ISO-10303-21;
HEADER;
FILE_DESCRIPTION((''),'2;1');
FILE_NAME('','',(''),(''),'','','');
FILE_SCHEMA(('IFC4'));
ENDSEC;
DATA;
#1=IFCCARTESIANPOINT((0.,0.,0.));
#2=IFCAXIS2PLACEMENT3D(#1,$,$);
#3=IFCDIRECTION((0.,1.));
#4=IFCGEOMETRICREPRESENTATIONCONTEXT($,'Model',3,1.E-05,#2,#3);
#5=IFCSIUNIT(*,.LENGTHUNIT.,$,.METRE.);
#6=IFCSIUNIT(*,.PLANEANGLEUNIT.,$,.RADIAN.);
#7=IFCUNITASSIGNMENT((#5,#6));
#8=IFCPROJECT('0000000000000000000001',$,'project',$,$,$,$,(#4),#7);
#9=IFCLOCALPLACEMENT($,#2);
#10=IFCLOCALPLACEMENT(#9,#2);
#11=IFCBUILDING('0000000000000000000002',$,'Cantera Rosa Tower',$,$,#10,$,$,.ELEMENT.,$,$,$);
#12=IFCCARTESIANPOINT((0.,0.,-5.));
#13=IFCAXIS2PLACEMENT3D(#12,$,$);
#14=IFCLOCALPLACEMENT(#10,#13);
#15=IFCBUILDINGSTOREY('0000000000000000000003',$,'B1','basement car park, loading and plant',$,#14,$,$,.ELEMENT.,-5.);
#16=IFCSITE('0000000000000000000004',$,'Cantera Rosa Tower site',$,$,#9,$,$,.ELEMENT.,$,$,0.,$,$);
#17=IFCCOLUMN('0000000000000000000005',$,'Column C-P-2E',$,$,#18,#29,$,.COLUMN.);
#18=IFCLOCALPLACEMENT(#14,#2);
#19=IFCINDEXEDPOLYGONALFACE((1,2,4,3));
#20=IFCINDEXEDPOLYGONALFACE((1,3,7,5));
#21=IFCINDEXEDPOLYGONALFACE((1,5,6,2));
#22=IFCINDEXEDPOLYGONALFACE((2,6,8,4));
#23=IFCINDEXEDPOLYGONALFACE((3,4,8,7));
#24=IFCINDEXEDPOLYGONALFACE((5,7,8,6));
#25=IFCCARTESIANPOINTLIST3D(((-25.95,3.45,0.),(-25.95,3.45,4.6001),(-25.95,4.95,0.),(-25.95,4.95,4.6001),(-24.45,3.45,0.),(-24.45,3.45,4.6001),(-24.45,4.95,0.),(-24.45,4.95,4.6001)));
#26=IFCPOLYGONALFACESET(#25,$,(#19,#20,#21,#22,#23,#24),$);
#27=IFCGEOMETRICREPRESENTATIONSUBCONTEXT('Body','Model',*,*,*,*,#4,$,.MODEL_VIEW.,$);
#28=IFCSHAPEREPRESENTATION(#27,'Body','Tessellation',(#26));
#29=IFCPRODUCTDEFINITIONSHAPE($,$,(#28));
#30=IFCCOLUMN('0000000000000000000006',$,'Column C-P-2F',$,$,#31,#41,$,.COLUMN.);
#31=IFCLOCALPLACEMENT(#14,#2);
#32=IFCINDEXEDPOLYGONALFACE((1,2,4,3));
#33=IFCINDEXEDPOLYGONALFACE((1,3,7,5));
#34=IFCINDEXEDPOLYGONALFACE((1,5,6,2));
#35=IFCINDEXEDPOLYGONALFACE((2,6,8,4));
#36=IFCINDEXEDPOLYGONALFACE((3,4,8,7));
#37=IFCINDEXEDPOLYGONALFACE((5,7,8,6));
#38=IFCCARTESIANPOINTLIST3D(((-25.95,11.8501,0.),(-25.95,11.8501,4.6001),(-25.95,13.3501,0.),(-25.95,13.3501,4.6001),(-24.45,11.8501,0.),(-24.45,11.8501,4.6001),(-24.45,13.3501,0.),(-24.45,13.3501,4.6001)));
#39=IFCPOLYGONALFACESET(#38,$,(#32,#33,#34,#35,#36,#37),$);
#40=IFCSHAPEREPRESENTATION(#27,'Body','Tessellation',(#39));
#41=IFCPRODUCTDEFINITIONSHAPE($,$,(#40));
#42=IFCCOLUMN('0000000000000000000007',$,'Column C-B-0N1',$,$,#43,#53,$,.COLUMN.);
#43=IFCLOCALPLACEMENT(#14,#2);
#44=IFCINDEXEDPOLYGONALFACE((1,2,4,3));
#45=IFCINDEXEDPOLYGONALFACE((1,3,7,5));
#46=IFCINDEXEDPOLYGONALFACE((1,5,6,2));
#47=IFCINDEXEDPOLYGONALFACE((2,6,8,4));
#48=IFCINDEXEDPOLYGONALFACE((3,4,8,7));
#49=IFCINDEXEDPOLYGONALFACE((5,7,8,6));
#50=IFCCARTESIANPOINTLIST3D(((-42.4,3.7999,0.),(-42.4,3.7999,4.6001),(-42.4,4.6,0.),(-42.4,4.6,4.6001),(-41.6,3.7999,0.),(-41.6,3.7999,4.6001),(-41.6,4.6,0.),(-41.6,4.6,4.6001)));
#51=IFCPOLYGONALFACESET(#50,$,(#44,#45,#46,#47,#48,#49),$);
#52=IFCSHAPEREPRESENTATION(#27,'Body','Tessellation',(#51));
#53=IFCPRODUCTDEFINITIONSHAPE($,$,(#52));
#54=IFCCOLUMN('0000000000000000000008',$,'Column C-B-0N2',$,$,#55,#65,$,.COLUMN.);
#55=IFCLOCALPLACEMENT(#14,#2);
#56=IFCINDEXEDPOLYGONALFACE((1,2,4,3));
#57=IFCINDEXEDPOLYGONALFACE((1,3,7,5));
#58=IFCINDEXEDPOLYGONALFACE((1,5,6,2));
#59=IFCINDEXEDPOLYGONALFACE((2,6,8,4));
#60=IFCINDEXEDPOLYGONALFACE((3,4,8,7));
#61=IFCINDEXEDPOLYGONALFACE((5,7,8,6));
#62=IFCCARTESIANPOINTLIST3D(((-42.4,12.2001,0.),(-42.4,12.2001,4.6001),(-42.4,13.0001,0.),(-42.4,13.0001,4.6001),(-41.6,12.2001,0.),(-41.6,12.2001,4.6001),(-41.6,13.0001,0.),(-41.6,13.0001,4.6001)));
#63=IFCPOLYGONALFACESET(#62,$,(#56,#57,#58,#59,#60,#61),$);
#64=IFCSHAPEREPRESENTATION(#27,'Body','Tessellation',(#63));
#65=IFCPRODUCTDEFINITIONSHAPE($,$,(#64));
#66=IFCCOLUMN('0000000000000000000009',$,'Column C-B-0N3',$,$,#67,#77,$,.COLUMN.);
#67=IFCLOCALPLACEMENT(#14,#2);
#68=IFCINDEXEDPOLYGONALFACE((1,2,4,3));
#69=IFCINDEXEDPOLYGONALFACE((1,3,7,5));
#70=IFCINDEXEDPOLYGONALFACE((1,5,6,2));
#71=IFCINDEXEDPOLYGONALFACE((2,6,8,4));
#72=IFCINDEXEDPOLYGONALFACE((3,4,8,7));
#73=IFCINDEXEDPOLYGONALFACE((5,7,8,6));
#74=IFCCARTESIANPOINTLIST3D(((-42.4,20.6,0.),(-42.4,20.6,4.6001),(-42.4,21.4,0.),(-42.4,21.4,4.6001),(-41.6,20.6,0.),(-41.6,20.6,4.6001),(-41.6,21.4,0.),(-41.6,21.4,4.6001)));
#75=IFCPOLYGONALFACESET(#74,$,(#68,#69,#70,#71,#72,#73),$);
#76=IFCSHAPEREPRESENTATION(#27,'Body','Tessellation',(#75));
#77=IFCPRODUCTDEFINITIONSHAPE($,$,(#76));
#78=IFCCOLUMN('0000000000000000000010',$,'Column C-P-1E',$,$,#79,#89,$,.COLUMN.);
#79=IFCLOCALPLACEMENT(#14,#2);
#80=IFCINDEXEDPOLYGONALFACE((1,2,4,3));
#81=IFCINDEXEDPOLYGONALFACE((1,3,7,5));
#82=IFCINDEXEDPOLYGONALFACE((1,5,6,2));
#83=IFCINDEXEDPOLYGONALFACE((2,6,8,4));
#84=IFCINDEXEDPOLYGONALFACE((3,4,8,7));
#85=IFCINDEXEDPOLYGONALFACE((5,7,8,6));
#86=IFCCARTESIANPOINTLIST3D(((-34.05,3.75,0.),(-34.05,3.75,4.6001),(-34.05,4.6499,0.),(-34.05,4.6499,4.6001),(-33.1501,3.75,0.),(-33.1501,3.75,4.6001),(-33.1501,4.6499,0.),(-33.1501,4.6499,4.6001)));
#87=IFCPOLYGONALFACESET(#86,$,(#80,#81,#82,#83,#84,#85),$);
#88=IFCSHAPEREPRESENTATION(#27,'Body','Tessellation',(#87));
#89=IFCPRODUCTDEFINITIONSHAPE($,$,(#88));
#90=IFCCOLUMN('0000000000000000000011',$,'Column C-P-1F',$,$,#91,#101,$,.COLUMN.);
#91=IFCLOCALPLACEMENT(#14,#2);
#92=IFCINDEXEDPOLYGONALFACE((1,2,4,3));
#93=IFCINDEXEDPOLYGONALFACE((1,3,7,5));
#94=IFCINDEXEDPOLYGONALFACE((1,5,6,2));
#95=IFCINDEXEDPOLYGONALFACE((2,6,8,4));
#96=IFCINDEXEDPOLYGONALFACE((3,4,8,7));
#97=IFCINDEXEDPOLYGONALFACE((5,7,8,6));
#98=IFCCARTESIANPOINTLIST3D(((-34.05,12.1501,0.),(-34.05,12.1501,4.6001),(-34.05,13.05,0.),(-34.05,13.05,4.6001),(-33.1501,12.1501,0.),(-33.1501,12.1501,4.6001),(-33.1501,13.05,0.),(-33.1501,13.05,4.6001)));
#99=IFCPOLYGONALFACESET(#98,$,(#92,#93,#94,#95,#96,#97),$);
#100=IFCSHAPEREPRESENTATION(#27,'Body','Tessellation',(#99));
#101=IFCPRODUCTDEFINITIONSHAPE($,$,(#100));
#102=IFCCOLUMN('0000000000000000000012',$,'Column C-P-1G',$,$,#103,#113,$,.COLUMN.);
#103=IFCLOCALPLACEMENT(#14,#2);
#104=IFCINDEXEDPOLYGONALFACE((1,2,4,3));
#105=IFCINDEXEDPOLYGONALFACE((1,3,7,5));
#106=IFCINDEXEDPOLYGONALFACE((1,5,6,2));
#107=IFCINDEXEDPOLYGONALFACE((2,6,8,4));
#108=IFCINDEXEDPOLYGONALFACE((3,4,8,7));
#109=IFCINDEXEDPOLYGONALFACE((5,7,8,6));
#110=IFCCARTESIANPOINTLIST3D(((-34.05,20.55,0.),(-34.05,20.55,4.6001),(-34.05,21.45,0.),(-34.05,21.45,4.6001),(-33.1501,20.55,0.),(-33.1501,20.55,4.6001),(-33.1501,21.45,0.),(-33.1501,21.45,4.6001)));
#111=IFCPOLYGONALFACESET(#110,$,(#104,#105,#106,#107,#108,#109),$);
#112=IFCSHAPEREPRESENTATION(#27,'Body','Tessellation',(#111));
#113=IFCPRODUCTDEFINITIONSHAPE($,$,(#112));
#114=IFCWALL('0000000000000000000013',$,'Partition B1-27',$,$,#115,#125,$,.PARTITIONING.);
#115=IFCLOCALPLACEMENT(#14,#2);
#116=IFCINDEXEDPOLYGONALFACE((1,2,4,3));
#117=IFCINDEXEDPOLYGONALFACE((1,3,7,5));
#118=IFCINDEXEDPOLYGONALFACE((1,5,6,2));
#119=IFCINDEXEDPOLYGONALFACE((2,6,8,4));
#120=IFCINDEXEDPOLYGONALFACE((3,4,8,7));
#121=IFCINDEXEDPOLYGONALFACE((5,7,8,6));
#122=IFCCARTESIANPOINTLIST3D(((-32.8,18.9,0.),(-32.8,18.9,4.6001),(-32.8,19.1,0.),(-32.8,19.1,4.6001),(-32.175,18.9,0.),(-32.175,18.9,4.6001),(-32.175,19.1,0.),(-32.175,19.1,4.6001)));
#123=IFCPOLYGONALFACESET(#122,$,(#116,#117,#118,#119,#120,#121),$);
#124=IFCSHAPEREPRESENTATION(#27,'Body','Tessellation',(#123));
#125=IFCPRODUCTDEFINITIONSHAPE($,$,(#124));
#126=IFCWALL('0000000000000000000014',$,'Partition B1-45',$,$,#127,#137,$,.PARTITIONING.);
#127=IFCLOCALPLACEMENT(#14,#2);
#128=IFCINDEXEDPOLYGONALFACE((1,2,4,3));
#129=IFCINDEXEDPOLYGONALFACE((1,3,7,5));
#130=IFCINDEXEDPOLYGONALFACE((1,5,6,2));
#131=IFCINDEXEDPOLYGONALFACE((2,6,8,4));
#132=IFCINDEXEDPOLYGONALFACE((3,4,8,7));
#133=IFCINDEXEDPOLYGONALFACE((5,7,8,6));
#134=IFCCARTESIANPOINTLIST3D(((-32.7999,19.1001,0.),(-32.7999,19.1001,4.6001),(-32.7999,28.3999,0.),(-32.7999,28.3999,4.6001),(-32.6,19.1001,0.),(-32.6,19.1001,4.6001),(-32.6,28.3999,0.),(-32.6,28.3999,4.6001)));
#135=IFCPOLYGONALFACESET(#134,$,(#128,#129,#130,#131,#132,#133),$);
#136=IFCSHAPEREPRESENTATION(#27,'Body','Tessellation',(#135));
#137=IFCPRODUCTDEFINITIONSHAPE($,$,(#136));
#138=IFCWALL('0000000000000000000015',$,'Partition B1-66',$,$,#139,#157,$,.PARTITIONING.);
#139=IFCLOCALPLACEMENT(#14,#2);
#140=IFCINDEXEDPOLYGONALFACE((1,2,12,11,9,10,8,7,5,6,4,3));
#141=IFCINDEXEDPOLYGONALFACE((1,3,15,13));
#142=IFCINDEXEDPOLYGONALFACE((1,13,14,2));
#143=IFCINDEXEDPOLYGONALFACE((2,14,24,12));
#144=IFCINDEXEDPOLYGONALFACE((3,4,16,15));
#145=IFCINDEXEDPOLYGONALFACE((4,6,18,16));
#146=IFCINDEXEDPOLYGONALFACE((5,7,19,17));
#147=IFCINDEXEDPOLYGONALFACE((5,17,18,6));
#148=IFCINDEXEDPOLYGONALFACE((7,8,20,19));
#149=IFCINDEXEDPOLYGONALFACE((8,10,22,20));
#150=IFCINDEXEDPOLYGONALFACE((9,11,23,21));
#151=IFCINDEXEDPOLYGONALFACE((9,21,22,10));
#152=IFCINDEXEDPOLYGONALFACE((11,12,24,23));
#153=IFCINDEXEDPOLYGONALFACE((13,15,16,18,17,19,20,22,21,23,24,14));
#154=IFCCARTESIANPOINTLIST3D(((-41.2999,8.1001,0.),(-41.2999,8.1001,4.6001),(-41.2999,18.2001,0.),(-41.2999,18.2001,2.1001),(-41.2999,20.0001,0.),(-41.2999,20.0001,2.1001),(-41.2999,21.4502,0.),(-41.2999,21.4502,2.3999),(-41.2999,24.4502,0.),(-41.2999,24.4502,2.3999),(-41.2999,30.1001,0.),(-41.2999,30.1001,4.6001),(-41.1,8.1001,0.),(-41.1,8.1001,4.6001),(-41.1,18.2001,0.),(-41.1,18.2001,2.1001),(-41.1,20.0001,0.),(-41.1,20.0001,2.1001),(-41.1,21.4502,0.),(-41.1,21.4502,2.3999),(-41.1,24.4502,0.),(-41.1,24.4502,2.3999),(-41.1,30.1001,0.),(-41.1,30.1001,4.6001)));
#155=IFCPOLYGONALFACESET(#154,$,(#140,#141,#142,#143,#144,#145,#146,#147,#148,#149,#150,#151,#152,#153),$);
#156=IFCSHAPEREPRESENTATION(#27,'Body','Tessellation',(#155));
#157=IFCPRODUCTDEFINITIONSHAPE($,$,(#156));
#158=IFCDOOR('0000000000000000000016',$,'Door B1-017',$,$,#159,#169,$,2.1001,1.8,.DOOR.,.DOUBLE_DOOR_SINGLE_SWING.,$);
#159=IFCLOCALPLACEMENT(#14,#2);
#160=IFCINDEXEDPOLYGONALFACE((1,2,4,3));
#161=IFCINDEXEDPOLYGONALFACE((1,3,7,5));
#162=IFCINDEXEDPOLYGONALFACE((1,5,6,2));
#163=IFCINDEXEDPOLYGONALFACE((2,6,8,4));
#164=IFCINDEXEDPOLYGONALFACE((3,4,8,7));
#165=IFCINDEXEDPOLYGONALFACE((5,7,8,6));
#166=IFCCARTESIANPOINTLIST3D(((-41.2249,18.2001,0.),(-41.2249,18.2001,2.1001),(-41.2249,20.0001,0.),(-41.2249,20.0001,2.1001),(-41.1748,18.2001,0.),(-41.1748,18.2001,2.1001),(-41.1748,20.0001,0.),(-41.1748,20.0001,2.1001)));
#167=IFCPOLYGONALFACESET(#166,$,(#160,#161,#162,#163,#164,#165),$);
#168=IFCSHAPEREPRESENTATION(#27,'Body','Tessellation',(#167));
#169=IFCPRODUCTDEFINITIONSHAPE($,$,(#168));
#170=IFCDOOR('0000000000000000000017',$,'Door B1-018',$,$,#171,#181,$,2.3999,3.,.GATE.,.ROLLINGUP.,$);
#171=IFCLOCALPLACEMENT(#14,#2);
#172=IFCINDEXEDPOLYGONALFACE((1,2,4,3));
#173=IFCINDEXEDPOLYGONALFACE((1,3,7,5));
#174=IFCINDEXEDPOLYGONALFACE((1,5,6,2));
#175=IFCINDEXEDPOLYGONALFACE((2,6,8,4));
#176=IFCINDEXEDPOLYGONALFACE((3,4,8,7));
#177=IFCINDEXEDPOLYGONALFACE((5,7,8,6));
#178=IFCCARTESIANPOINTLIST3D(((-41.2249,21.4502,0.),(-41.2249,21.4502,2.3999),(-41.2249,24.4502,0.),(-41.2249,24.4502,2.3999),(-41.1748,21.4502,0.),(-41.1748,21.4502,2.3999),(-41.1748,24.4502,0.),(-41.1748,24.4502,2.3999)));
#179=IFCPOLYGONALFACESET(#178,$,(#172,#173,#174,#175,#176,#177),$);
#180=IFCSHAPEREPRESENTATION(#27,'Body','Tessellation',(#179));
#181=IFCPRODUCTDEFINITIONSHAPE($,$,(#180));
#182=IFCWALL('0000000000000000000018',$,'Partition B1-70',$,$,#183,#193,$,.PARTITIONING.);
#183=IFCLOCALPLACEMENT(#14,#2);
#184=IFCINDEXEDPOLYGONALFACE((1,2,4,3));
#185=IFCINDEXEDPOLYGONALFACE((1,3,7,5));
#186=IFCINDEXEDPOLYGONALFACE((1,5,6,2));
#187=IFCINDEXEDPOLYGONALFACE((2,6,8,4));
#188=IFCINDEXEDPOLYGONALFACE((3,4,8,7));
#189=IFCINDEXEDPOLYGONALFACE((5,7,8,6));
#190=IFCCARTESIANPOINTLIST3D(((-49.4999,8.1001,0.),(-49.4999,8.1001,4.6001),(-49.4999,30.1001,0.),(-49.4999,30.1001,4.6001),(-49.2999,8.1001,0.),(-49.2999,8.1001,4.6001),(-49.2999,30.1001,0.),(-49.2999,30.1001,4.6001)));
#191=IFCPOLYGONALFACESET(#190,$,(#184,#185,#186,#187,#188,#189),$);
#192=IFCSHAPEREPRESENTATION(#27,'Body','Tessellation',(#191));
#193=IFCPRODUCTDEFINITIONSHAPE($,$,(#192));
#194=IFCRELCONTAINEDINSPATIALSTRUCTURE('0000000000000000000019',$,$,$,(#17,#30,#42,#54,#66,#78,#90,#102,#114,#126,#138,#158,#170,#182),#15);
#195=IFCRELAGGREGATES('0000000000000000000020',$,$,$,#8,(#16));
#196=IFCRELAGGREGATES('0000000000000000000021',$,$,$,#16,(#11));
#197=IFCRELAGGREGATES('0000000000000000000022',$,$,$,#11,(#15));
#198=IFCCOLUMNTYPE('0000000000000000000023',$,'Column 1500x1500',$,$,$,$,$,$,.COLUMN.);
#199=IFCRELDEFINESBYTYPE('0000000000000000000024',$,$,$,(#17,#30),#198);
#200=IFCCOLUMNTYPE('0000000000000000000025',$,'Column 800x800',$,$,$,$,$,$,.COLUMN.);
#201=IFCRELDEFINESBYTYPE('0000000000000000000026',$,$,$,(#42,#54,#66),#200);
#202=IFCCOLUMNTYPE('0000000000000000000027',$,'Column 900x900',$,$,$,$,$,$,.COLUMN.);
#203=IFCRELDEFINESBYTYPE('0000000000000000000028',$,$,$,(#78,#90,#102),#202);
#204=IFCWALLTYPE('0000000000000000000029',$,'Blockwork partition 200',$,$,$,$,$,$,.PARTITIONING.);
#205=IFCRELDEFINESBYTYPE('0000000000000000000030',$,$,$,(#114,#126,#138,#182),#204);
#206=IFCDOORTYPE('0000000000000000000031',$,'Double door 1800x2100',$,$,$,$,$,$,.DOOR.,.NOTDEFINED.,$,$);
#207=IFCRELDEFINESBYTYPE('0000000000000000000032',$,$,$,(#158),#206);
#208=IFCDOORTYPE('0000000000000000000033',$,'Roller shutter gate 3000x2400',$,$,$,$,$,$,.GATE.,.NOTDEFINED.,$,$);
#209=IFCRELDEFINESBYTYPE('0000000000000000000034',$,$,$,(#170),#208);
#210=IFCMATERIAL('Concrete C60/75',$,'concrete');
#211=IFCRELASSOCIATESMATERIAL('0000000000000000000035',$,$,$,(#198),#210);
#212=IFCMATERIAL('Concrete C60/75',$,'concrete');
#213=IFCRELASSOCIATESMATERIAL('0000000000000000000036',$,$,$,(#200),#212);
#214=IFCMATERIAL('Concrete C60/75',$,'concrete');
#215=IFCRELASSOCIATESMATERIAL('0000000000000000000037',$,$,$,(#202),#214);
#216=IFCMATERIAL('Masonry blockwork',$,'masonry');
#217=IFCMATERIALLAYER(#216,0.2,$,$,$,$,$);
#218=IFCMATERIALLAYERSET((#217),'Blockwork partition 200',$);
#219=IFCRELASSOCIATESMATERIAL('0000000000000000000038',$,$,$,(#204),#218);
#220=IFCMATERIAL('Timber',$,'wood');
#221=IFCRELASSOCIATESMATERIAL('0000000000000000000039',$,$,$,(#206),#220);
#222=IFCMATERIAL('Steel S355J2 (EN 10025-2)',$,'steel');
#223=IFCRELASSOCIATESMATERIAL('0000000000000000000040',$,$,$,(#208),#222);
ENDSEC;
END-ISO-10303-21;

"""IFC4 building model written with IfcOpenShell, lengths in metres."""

from ifc_helpers import new_model, si_unit, direction, frame, frame_2d, origin, origin_2d, place, context, subcontext, project, spatial, rectangle, extrude, material, layer, layer_set, material_profile, profile_set, type_object, element, fill, save


model = new_model("IFC4")

# Units and contexts
model_context = context("Model", 3, precision=1e-05, world=origin(), true_north=direction((0.0, 1.0)))
body_context = subcontext(model_context, "Body", "Model", "MODEL_VIEW")
ifc_project = project(units=[si_unit("LENGTHUNIT", "METRE"), si_unit("PLANEANGLEUNIT", "RADIAN")], contexts=[model_context])

# Site, building, storey
site_placement = place(None, origin())
site = spatial("IfcSite", under=ifc_project, at=site_placement, Name="Cantera Rosa Tower site", CompositionType="ELEMENT", RefElevation=0.0)
building_placement = place(site_placement, origin())
building = spatial("IfcBuilding", under=site, at=building_placement, Name="Cantera Rosa Tower", CompositionType="ELEMENT")
storey_placement = place(building_placement, frame((0.0, 0.0, -5.0)))
storey = spatial("IfcBuildingStorey", under=building, at=storey_placement, Name="B1", Description="basement car park, loading and plant", CompositionType="ELEMENT", Elevation=-5.0)

# Columns
ifc_material_1 = material(Name="Concrete C60/75", Category="concrete")
ifc_material_profile_1 = material_profile(ifc_material_1, rectangle(XDim=1.5, YDim=1.5, at=origin_2d()), Name="Column 1500x1500")
ifc_profile_set_1 = profile_set([ifc_material_profile_1], Name="Concrete C60/75")
column_type_1 = type_object("IfcColumnType", Name="Column 1500x1500", PredefinedType="COLUMN", material=ifc_profile_set_1)
for number, where, z_axis, x_axis, name in (
    (1, (-25.2, 4.2, 0.0), (0.0, 0.0, 1.0), (1.0, 0.0, 0.0), "Column C-P-2E"),
    (2, (-25.2, 12.6001, 0.0), (0.0, 0.0, 1.0), (1.0, 0.0, 0.0), "Column C-P-2F"),
):
    element("IfcColumn", number, at=place(storey_placement, frame(where, z_axis=z_axis, x_axis=x_axis)), inside=storey, type_object=column_type_1, Name=name, PredefinedType="COLUMN", context=body_context, shape_type="SweptSolid", body=[
        extrude(rectangle(XDim=1.5, YDim=1.5, at=origin_2d()), origin(), (0.0, 0.0, 1.0), 4.6001),
    ])
ifc_material_2 = material(Name="Concrete C60/75", Category="concrete")
ifc_material_profile_2 = material_profile(ifc_material_2, rectangle(XDim=0.8, YDim=0.8, at=origin_2d()), Name="Column 800x800")
ifc_profile_set_2 = profile_set([ifc_material_profile_2], Name="Concrete C60/75")
column_type_2 = type_object("IfcColumnType", Name="Column 800x800", PredefinedType="COLUMN", material=ifc_profile_set_2)
for number, where, z_axis, x_axis, name in (
    (3, (-42.0, 4.2, 0.0), (0.0, 0.0, 1.0), (1.0, 0.0, 0.0), "Column C-B-0N1"),
    (4, (-42.0, 12.6001, 0.0), (0.0, 0.0, 1.0), (1.0, 0.0, 0.0), "Column C-B-0N2"),
    (5, (-42.0, 21.0, 0.0), (0.0, 0.0, 1.0), (1.0, 0.0, 0.0), "Column C-B-0N3"),
):
    element("IfcColumn", number, at=place(storey_placement, frame(where, z_axis=z_axis, x_axis=x_axis)), inside=storey, type_object=column_type_2, Name=name, PredefinedType="COLUMN", context=body_context, shape_type="SweptSolid", body=[
        extrude(rectangle(XDim=0.8, YDim=0.8, at=origin_2d()), origin(), (0.0, 0.0, 1.0), 4.6001),
    ])
ifc_material_3 = material(Name="Concrete C60/75", Category="concrete")
ifc_material_profile_3 = material_profile(ifc_material_3, rectangle(XDim=0.8999, YDim=0.8999, at=origin_2d()), Name="Column 900x900")
ifc_profile_set_3 = profile_set([ifc_material_profile_3], Name="Concrete C60/75")
column_type_3 = type_object("IfcColumnType", Name="Column 900x900", PredefinedType="COLUMN", material=ifc_profile_set_3)
for number, where, z_axis, x_axis, name in (
    (6, (-33.6001, 4.2, 0.0), (0.0, 0.0, 1.0), (1.0, 0.0, 0.0), "Column C-P-1E"),
    (7, (-33.6001, 12.6001, 0.0), (0.0, 0.0, 1.0), (1.0, 0.0, 0.0), "Column C-P-1F"),
    (8, (-33.6001, 21.0, 0.0), (0.0, 0.0, 1.0), (1.0, 0.0, 0.0), "Column C-P-1G"),
):
    element("IfcColumn", number, at=place(storey_placement, frame(where, z_axis=z_axis, x_axis=x_axis)), inside=storey, type_object=column_type_3, Name=name, PredefinedType="COLUMN", context=body_context, shape_type="SweptSolid", body=[
        extrude(rectangle(XDim=0.8999, YDim=0.8999, at=origin_2d()), origin(), (0.0, 0.0, 1.0), 4.6001),
    ])

# Walls
ifc_material_4 = material(Name="Masonry blockwork", Category="masonry")
ifc_layer_1 = layer(ifc_material_4, 0.2)
ifc_layer_set_1 = layer_set([ifc_layer_1], Name="Blockwork partition 200")
wall_type_1 = type_object("IfcWallType", Name="Blockwork partition 200", PredefinedType="PARTITIONING", material=ifc_layer_set_1)
wall_1_placement = place(storey_placement, frame((-32.8, 19.0, 0.0), z_axis=(0.0, 0.0, 1.0), x_axis=(1.0, 0.0, 0.0)))
element("IfcWall", 9, at=wall_1_placement, inside=storey, type_object=wall_type_1, Name="Partition B1-27", PredefinedType="PARTITIONING", context=body_context, shape_type="SweptSolid", body=[
    extrude(rectangle(XDim=0.625, YDim=0.2, at=frame_2d((0.3125, 0.0))), origin(), (0.0, 0.0, 1.0), 4.6001),
])
wall_2_placement = place(storey_placement, frame((-32.7, 19.1001, 0.0), z_axis=(0.0, 0.0, 1.0), x_axis=(0.0, 1.0, 0.0)))
element("IfcWall", 10, at=wall_2_placement, inside=storey, type_object=wall_type_1, Name="Partition B1-45", PredefinedType="PARTITIONING", context=body_context, shape_type="SweptSolid", body=[
    extrude(rectangle(XDim=9.2998, YDim=0.2, at=frame_2d((4.6499, 0.0))), origin(), (0.0, 0.0, 1.0), 4.6001),
])

# Wall, openings, doors
wall_3_placement = place(storey_placement, frame((-41.2, 8.1001, 0.0), z_axis=(0.0, 0.0, 1.0), x_axis=(0.0, 1.0, 0.0)))
wall_3 = element("IfcWall", 11, at=wall_3_placement, inside=storey, type_object=wall_type_1, Name="Partition B1-66", PredefinedType="PARTITIONING", context=body_context, shape_type="SweptSolid", body=[
    extrude(rectangle(XDim=22.0, YDim=0.2, at=frame_2d((11.0, 0.0))), origin(), (0.0, 0.0, 1.0), 4.6001),
])
opening_1_placement = place(wall_3_placement, frame((10.1001, 0.0, 0.0)))
opening_1 = element("IfcOpeningElement", 12, at=opening_1_placement, cuts=wall_3, PredefinedType="OPENING", context=body_context, shape_type="SweptSolid", body=[
    extrude(rectangle(XDim=1.8, YDim=2.1001, at=frame_2d((0.8999, 1.05))), frame((0.0, 0.1099, 0.0), z_axis=(0.0, -1.0, 0.0), x_axis=(1.0, 0.0, 0.0)), (0.0, 0.0, 1.0), 0.22),
])
opening_2_placement = place(wall_3_placement, frame((13.3501, 0.0, 0.0)))
opening_2 = element("IfcOpeningElement", 13, at=opening_2_placement, cuts=wall_3, PredefinedType="OPENING", context=body_context, shape_type="SweptSolid", body=[
    extrude(rectangle(XDim=3.0, YDim=2.3999, at=frame_2d((1.5, 1.2))), frame((0.0, 0.1099, 0.0), z_axis=(0.0, -1.0, 0.0), x_axis=(1.0, 0.0, 0.0)), (0.0, 0.0, 1.0), 0.22),
])
ifc_material_5 = material(Name="Timber", Category="wood")
door_type_1 = type_object("IfcDoorType", Name="Double door 1800x2100", OperationType="NOTDEFINED", PredefinedType="DOOR", material=ifc_material_5)
door_1_placement = place(opening_1_placement, origin())
door_1 = element("IfcDoor", 14, at=door_1_placement, inside=storey, type_object=door_type_1, Name="Door B1-017", OperationType="DOUBLE_DOOR_SINGLE_SWING", OverallHeight=2.1001, OverallWidth=1.8, PredefinedType="DOOR", context=body_context, shape_type="SweptSolid", body=[
    extrude(rectangle(XDim=1.8, YDim=2.1001, at=frame_2d((0.8999, 1.05))), frame((0.0, 0.0249, 0.0), z_axis=(0.0, -1.0, 0.0), x_axis=(1.0, 0.0, 0.0)), (0.0, 0.0, 1.0), 0.05),
])
fill(opening_1, door_1)
ifc_material_6 = material(Name="Steel S355J2 (EN 10025-2)", Category="steel")
door_type_2 = type_object("IfcDoorType", Name="Roller shutter gate 3000x2400", OperationType="NOTDEFINED", PredefinedType="GATE", material=ifc_material_6)
door_2_placement = place(opening_2_placement, origin())
door_2 = element("IfcDoor", 15, at=door_2_placement, inside=storey, type_object=door_type_2, Name="Door B1-018", OperationType="ROLLINGUP", OverallHeight=2.3999, OverallWidth=3.0, PredefinedType="GATE", context=body_context, shape_type="SweptSolid", body=[
    extrude(rectangle(XDim=3.0, YDim=2.3999, at=frame_2d((1.5, 1.2))), frame((0.0, 0.0249, 0.0), z_axis=(0.0, -1.0, 0.0), x_axis=(1.0, 0.0, 0.0)), (0.0, 0.0, 1.0), 0.05),
])
fill(opening_2, door_2)

# Wall
wall_4_placement = place(storey_placement, frame((-49.3999, 8.1001, 0.0), z_axis=(0.0, 0.0, 1.0), x_axis=(0.0, 1.0, 0.0)))
element("IfcWall", 16, at=wall_4_placement, inside=storey, type_object=wall_type_1, Name="Partition B1-70", PredefinedType="PARTITIONING", context=body_context, shape_type="SweptSolid", body=[
    extrude(rectangle(XDim=22.0, YDim=0.2, at=frame_2d((11.0, 0.0))), origin(), (0.0, 0.0, 1.0), 4.6001),
])

save(model, "model.ifc")
